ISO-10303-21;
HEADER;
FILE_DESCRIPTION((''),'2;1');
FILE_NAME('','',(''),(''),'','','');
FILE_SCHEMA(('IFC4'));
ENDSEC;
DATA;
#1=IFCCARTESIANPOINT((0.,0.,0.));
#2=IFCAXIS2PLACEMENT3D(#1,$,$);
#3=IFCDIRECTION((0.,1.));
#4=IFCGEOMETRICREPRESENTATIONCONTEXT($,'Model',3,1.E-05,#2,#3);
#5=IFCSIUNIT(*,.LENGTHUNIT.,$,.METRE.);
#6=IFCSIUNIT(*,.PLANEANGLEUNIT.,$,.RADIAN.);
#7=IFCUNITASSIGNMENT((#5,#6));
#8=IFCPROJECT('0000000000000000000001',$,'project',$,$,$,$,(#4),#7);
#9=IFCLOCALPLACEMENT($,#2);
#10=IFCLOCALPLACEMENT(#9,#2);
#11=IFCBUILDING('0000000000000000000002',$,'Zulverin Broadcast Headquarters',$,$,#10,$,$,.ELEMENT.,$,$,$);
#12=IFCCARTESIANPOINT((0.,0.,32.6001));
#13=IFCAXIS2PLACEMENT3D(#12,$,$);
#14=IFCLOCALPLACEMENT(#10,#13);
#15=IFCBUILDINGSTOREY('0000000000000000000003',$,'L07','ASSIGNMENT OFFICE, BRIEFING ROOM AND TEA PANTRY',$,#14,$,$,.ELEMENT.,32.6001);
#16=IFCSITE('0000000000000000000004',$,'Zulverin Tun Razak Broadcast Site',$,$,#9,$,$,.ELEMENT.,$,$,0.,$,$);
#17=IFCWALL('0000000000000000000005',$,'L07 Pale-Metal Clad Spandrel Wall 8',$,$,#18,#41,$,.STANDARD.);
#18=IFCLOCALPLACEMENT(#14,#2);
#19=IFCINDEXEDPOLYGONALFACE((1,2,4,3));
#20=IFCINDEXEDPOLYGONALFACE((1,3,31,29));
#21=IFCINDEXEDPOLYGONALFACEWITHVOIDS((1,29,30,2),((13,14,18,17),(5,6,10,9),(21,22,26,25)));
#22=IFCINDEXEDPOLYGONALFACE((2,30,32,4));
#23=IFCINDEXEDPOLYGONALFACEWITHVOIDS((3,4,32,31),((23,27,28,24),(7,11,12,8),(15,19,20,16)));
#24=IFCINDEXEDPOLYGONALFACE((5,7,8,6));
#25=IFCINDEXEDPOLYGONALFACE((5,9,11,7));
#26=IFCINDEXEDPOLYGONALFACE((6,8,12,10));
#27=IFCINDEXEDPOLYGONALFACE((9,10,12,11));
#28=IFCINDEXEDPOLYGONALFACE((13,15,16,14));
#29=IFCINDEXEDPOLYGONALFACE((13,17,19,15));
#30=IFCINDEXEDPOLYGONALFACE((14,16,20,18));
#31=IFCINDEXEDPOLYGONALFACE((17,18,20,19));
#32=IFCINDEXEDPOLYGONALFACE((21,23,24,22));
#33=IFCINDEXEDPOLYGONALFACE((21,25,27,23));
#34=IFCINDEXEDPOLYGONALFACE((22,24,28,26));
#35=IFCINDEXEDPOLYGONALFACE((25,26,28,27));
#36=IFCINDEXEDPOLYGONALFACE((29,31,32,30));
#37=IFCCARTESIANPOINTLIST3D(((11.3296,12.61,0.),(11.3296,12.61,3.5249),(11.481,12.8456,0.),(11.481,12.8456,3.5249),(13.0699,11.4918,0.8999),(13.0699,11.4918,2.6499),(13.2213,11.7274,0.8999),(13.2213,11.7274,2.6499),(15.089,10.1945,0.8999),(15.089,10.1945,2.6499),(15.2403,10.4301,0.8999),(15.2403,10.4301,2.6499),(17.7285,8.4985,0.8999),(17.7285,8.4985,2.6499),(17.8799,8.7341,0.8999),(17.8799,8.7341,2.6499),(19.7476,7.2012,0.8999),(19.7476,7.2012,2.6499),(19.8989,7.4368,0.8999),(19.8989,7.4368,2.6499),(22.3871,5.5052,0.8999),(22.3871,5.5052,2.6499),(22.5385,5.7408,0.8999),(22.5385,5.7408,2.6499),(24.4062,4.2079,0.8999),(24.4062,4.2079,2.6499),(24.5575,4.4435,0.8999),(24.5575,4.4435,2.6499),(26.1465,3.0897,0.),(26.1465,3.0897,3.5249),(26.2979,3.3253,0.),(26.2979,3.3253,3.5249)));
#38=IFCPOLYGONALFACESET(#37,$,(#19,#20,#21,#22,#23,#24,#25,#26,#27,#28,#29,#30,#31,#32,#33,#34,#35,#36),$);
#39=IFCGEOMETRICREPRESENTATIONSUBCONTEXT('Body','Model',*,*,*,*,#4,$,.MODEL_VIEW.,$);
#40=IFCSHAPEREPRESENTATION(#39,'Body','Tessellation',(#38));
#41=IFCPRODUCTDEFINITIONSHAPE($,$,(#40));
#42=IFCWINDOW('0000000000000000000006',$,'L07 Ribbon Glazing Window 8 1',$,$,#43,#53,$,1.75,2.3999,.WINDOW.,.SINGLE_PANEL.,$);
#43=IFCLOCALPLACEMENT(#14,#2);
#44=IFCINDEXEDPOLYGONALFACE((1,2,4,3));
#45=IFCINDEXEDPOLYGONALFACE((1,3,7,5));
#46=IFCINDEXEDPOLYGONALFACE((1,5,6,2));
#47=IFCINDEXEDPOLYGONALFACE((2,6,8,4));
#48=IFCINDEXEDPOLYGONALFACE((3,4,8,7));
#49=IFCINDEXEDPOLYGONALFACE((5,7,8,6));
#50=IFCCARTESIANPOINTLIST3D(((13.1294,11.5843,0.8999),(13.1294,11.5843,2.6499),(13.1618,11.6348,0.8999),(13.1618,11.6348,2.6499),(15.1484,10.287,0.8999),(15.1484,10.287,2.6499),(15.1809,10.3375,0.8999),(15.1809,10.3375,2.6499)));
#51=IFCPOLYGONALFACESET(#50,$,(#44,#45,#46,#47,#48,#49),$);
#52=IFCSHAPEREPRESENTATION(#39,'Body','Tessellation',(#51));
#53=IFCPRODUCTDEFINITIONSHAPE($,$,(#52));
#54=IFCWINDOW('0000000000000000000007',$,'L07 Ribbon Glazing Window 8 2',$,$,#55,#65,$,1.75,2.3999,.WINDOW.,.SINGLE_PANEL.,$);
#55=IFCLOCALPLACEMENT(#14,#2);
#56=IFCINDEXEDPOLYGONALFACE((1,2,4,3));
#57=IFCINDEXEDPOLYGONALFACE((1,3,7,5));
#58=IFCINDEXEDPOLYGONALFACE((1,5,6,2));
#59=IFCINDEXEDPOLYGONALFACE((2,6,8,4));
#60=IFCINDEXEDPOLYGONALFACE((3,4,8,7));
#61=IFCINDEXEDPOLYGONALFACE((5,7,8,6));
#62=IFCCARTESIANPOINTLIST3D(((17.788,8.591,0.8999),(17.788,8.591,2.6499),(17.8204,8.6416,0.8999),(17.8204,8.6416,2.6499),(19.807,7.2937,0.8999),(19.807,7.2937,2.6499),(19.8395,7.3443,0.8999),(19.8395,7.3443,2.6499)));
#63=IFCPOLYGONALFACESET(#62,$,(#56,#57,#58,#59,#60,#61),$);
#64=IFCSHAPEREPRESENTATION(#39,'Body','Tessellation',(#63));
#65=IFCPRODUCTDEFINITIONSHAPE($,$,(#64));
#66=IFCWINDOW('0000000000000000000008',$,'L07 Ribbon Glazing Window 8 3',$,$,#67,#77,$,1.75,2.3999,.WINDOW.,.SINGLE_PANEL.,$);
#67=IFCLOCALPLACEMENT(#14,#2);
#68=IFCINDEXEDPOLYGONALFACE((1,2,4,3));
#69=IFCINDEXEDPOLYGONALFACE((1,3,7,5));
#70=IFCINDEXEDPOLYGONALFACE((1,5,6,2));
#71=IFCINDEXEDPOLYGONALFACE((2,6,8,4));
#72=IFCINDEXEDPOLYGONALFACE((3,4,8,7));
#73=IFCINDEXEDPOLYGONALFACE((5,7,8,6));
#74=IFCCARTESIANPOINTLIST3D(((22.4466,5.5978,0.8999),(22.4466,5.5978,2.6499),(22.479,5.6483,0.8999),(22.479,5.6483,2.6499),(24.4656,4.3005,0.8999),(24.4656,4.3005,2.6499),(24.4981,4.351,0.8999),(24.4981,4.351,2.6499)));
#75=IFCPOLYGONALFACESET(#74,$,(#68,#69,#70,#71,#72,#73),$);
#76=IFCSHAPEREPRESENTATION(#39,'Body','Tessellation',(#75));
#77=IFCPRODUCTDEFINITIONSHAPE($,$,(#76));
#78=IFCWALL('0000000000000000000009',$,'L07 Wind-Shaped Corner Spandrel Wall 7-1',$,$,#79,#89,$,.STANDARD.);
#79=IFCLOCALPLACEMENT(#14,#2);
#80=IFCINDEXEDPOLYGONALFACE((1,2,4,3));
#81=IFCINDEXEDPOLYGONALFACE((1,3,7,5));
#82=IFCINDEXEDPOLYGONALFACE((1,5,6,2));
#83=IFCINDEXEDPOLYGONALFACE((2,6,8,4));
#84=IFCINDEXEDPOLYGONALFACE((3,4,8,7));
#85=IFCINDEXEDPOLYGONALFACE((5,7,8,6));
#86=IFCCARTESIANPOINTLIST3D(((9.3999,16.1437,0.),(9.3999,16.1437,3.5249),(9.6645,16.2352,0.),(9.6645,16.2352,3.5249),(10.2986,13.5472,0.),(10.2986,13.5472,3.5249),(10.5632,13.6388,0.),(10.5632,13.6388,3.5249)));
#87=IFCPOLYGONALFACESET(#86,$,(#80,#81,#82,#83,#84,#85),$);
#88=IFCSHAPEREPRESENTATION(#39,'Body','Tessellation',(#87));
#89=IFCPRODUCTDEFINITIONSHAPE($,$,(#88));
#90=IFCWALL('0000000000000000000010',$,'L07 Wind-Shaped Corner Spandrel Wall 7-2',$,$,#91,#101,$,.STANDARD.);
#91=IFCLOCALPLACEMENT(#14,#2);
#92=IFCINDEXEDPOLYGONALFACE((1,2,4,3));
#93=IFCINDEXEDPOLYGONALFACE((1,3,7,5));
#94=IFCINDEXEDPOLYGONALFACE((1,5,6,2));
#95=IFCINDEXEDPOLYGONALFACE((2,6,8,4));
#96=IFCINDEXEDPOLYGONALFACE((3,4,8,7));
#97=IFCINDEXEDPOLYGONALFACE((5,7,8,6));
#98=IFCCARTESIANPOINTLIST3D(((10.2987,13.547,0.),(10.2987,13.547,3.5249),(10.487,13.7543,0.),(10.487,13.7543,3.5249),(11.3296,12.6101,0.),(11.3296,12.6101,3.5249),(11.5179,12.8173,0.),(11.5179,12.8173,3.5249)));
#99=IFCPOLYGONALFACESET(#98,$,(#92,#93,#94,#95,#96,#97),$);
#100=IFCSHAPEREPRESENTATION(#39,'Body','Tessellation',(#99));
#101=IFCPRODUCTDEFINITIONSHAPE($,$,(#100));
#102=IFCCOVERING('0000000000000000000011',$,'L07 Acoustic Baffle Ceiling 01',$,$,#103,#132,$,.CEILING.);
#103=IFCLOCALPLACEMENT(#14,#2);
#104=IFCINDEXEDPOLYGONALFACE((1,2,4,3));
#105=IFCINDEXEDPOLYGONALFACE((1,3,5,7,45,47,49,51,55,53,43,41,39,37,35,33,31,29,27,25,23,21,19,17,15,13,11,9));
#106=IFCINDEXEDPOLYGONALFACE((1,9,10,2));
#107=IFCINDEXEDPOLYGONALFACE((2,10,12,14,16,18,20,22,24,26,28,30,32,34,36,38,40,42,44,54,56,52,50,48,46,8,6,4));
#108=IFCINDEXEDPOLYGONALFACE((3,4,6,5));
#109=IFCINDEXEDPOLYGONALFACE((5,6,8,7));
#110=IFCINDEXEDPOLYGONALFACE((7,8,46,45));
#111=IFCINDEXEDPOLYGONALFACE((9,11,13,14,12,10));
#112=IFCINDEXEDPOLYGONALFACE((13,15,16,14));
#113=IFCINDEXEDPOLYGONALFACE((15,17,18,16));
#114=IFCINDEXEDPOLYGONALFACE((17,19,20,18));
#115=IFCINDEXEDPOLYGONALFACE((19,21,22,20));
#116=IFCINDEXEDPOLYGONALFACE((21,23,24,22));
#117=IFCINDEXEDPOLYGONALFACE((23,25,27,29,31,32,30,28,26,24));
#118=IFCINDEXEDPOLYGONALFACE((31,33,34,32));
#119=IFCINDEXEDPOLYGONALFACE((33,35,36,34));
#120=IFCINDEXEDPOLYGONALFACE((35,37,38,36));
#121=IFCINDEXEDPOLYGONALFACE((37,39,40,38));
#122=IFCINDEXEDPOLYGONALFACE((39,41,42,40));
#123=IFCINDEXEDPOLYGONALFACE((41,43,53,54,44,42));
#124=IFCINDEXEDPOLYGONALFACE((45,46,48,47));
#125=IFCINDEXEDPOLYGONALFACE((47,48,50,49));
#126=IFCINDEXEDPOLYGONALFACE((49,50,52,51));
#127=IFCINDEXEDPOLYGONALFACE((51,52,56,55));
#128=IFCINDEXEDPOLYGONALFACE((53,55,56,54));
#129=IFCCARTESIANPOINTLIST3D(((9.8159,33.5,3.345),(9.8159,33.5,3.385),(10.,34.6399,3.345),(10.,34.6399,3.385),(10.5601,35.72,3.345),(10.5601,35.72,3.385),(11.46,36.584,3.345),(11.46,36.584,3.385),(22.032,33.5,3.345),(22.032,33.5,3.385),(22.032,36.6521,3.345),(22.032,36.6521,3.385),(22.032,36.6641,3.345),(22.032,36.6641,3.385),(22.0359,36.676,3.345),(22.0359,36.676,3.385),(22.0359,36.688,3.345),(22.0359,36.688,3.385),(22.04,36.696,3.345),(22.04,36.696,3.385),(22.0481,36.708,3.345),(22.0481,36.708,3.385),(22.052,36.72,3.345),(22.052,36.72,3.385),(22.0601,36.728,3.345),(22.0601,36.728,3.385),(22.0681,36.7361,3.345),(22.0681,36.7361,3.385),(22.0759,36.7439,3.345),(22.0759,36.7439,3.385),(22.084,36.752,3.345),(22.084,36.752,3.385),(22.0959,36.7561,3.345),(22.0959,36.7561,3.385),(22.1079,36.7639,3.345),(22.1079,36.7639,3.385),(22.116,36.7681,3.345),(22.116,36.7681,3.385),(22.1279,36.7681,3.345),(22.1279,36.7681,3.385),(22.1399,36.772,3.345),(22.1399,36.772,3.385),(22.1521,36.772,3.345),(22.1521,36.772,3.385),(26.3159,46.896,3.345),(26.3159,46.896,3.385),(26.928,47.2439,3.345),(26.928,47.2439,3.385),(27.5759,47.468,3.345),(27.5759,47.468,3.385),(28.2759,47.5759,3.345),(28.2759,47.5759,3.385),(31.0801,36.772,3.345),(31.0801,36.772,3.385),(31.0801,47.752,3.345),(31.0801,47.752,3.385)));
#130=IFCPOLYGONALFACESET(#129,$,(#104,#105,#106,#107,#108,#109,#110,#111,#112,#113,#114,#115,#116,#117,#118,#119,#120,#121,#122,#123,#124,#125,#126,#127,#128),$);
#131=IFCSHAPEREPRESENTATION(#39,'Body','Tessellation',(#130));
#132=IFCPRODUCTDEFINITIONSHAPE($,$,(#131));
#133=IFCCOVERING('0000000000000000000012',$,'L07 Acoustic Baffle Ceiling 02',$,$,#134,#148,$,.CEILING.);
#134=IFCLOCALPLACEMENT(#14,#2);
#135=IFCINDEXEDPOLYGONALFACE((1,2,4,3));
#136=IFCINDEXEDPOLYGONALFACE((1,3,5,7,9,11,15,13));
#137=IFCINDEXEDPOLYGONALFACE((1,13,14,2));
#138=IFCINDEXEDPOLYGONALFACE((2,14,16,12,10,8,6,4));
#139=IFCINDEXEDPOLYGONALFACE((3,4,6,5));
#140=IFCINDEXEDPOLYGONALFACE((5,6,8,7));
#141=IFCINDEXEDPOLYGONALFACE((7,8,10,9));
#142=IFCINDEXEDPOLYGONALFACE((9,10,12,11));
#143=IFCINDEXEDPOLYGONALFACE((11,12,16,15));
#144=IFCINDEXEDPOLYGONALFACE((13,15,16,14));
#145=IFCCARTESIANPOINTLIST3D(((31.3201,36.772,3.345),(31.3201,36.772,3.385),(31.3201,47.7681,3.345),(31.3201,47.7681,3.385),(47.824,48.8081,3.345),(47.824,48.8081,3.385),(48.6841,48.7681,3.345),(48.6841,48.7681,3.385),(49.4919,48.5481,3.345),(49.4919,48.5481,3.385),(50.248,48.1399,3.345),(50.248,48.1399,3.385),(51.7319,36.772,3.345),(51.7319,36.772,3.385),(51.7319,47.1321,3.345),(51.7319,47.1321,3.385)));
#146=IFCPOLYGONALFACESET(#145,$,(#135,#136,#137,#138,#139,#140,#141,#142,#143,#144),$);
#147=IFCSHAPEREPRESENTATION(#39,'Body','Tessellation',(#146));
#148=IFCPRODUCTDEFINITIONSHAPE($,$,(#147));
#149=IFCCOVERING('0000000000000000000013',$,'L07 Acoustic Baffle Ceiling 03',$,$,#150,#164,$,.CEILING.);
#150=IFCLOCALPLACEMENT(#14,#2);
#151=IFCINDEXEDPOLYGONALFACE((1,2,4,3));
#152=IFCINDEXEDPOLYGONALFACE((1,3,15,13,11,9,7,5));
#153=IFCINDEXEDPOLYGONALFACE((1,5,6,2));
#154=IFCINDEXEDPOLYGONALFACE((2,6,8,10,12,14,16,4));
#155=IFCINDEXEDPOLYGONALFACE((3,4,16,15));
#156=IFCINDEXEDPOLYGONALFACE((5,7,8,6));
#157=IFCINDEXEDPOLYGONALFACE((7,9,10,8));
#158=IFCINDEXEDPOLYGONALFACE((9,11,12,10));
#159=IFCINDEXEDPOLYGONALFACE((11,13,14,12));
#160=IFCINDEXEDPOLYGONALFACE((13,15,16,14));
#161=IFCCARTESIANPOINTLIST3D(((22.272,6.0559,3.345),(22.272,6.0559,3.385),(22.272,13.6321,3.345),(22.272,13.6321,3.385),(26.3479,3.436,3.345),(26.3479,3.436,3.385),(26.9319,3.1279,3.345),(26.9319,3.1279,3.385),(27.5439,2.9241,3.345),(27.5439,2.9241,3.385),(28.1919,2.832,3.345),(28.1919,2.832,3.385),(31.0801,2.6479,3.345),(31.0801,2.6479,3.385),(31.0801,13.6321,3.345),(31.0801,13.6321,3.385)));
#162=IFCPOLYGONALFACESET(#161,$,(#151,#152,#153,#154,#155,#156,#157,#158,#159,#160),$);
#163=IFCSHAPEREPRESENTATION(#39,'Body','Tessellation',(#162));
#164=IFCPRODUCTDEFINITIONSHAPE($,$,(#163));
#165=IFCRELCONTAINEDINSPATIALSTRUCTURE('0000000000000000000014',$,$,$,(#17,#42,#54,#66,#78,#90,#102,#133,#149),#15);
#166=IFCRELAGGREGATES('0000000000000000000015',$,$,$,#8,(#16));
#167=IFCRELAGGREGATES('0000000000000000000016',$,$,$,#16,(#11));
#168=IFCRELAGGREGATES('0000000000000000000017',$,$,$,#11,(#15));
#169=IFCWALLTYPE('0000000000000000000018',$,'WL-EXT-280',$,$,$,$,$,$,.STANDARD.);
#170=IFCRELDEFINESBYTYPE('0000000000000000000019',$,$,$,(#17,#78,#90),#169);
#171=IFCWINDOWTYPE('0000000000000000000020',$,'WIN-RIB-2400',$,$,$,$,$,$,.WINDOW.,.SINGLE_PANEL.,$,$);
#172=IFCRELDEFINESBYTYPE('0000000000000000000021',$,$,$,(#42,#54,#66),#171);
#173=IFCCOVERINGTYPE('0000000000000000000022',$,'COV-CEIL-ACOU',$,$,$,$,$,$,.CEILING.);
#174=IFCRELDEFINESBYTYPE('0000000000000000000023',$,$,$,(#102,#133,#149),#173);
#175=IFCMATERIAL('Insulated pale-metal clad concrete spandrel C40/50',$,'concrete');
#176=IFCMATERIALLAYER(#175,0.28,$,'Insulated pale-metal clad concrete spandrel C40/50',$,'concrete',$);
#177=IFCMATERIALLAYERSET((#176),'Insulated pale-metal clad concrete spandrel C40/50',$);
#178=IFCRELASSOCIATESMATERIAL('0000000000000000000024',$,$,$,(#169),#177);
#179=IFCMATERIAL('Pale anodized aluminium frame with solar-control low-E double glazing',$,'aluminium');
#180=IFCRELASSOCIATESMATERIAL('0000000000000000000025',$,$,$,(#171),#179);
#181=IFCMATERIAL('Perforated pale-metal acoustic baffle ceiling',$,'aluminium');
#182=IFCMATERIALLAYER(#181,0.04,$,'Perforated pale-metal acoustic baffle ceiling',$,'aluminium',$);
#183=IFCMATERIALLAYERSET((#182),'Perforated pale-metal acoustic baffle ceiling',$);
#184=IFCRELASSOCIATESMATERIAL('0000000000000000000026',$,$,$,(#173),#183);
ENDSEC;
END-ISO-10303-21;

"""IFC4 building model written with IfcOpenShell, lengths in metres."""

from ifc_helpers import new_model, si_unit, direction, frame, frame_2d, origin, place, context, subcontext, project, spatial, polyline, rectangle, outline, extrude, material, layer, layer_set, type_object, element, fill, save


model = new_model("IFC4")

# Units and contexts
model_context = context("Model", 3, precision=1e-05, world=origin(), true_north=direction((0.0, 1.0)))
body_context = subcontext(model_context, "Body", "Model", "MODEL_VIEW")
ifc_project = project(units=[si_unit("LENGTHUNIT", "METRE"), si_unit("PLANEANGLEUNIT", "RADIAN")], contexts=[model_context])

# Site, building, storey
site_placement = place(None, origin())
site = spatial("IfcSite", under=ifc_project, at=site_placement, Name="Zulverin Tun Razak Broadcast Site", CompositionType="ELEMENT", RefElevation=0.0)
building_placement = place(site_placement, origin())
building = spatial("IfcBuilding", under=site, at=building_placement, Name="Zulverin Broadcast Headquarters", CompositionType="ELEMENT")
storey_placement = place(building_placement, frame((0.0, 0.0, 32.6001)))
storey = spatial("IfcBuildingStorey", under=building, at=storey_placement, Name="L07", Description="ASSIGNMENT OFFICE, BRIEFING ROOM AND TEA PANTRY", CompositionType="ELEMENT", Elevation=32.6001)

# Wall, openings, windows
ifc_material_1 = material(Name="Insulated pale-metal clad concrete spandrel C40/50", Category="concrete")
ifc_layer_1 = layer(ifc_material_1, 0.28, Name="Insulated pale-metal clad concrete spandrel C40/50", Category="concrete")
ifc_layer_set_1 = layer_set([ifc_layer_1], Name="Insulated pale-metal clad concrete spandrel C40/50")
wall_type = type_object("IfcWallType", Name="WL-EXT-280", PredefinedType="STANDARD", material=ifc_layer_set_1)
wall_1_placement = place(storey_placement, frame((11.4053, 12.7278, 0.0), z_axis=(0.0, 0.0, 1.0), x_axis=(0.841305, -0.540561, 0.0)))
wall_1 = element("IfcWall", 1, at=wall_1_placement, inside=storey, type_object=wall_type, Name="L07 Pale-Metal Clad Spandrel Wall 8", PredefinedType="STANDARD", context=body_context, shape_type="SweptSolid", body=[
    extrude(rectangle(XDim=17.6118, YDim=0.28, at=frame_2d((8.8059, 0.0))), origin(), (0.0, 0.0, 1.0), 3.5249),
])
opening_1_placement = place(wall_1_placement, frame((2.0686, 0.0, 0.8999)))
opening_1 = element("IfcOpeningElement", 2, at=opening_1_placement, cuts=wall_1, PredefinedType="OPENING", context=body_context, shape_type="SweptSolid", body=[
    extrude(rectangle(XDim=2.3999, YDim=1.75, at=frame_2d((1.2, 0.875))), frame((0.0, 0.1499, 0.0), z_axis=(0.0, -1.0, 0.0), x_axis=(1.0, 0.0, 0.0)), (0.0, 0.0, 1.0), 0.3),
])
opening_2_placement = place(wall_1_placement, frame((7.606, 0.0, 0.8999)))
opening_2 = element("IfcOpeningElement", 3, at=opening_2_placement, cuts=wall_1, PredefinedType="OPENING", context=body_context, shape_type="SweptSolid", body=[
    extrude(rectangle(XDim=2.3999, YDim=1.75, at=frame_2d((1.2, 0.875))), frame((0.0, 0.1499, 0.0), z_axis=(0.0, -1.0, 0.0), x_axis=(1.0, 0.0, 0.0)), (0.0, 0.0, 1.0), 0.3),
])
opening_3_placement = place(wall_1_placement, frame((13.1433, 0.0, 0.8999)))
opening_3 = element("IfcOpeningElement", 4, at=opening_3_placement, cuts=wall_1, PredefinedType="OPENING", context=body_context, shape_type="SweptSolid", body=[
    extrude(rectangle(XDim=2.3999, YDim=1.75, at=frame_2d((1.2, 0.875))), frame((0.0, 0.1499, 0.0), z_axis=(0.0, -1.0, 0.0), x_axis=(1.0, 0.0, 0.0)), (0.0, 0.0, 1.0), 0.3),
])
ifc_material_2 = material(Name="Pale anodized aluminium frame with solar-control low-E double glazing", Category="aluminium")
window_type = type_object("IfcWindowType", Name="WIN-RIB-2400", PartitioningType="SINGLE_PANEL", PredefinedType="WINDOW", material=ifc_material_2)
window_1_placement = place(opening_1_placement, origin())
window_1 = element("IfcWindow", 5, at=window_1_placement, inside=storey, type_object=window_type, Name="L07 Ribbon Glazing Window 8 1", OverallHeight=1.75, OverallWidth=2.3999, PartitioningType="SINGLE_PANEL", PredefinedType="WINDOW", context=body_context, shape_type="SweptSolid", body=[
    extrude(rectangle(XDim=2.3999, YDim=1.75, at=frame_2d((1.2, 0.875))), frame((0.0, 0.03, 0.0), z_axis=(0.0, -1.0, 0.0), x_axis=(1.0, 0.0, 0.0)), (0.0, 0.0, 1.0), 0.0601),
])
fill(opening_1, window_1)
window_2_placement = place(opening_2_placement, origin())
window_2 = element("IfcWindow", 6, at=window_2_placement, inside=storey, type_object=window_type, Name="L07 Ribbon Glazing Window 8 2", OverallHeight=1.75, OverallWidth=2.3999, PartitioningType="SINGLE_PANEL", PredefinedType="WINDOW", context=body_context, shape_type="SweptSolid", body=[
    extrude(rectangle(XDim=2.3999, YDim=1.75, at=frame_2d((1.2, 0.875))), frame((0.0, 0.03, 0.0), z_axis=(0.0, -1.0, 0.0), x_axis=(1.0, 0.0, 0.0)), (0.0, 0.0, 1.0), 0.0601),
])
fill(opening_2, window_2)
window_3_placement = place(opening_3_placement, origin())
window_3 = element("IfcWindow", 7, at=window_3_placement, inside=storey, type_object=window_type, Name="L07 Ribbon Glazing Window 8 3", OverallHeight=1.75, OverallWidth=2.3999, PartitioningType="SINGLE_PANEL", PredefinedType="WINDOW", context=body_context, shape_type="SweptSolid", body=[
    extrude(rectangle(XDim=2.3999, YDim=1.75, at=frame_2d((1.2, 0.875))), frame((0.0, 0.03, 0.0), z_axis=(0.0, -1.0, 0.0), x_axis=(1.0, 0.0, 0.0)), (0.0, 0.0, 1.0), 0.0601),
])
fill(opening_3, window_3)

# Walls
wall_2_placement = place(storey_placement, frame((9.5322, 16.1895, 0.0), z_axis=(0.0, 0.0, 1.0), x_axis=(0.327083, -0.944996, 0.0)))
element("IfcWall", 8, at=wall_2_placement, inside=storey, type_object=wall_type, Name="L07 Wind-Shaped Corner Spandrel Wall 7-1", PredefinedType="STANDARD", context=body_context, shape_type="SweptSolid", body=[
    extrude(rectangle(XDim=2.7476, YDim=0.28, at=frame_2d((1.3738, 0.0))), origin(), (0.0, 0.0, 1.0), 3.5249),
])
wall_3_placement = place(storey_placement, frame((10.3928, 13.6506, 0.0), z_axis=(0.0, 0.0, 1.0), x_axis=(0.740035, -0.672568, 0.0)))
element("IfcWall", 9, at=wall_3_placement, inside=storey, type_object=wall_type, Name="L07 Wind-Shaped Corner Spandrel Wall 7-2", PredefinedType="STANDARD", context=body_context, shape_type="SweptSolid", body=[
    extrude(rectangle(XDim=1.3931, YDim=0.28, at=frame_2d((0.6965, 0.0))), origin(), (0.0, 0.0, 1.0), 3.5249),
])

# Coverings
ifc_material_3 = material(Name="Perforated pale-metal acoustic baffle ceiling", Category="aluminium")
ifc_layer_2 = layer(ifc_material_3, 0.04, Name="Perforated pale-metal acoustic baffle ceiling", Category="aluminium")
ifc_layer_set_2 = layer_set([ifc_layer_2], Name="Perforated pale-metal acoustic baffle ceiling")
covering_type_1 = type_object("IfcCoveringType", Name="COV-CEIL-ACOU", PredefinedType="CEILING", material=ifc_layer_set_2)
covering_1_placement = place(storey_placement, frame((0.0, 0.0, 3.345)))
element("IfcCovering", 10, at=covering_1_placement, inside=storey, type_object=covering_type_1, Name="L07 Acoustic Baffle Ceiling 01", PredefinedType="CEILING", context=body_context, shape_type="SweptSolid", body=[
    extrude(outline(polyline([(11.46, 36.584), (10.5601, 35.72), (10.0, 34.6399), (9.8159, 33.5), (22.032, 33.5), (22.032, 36.6521), (22.032, 36.6641), (22.0359, 36.676), (22.0359, 36.688), (22.04, 36.696), (22.0481, 36.708), (22.052, 36.72), (22.0601, 36.728), (22.0681, 36.7361), (22.0759, 36.7439), (22.084, 36.752), (22.0959, 36.7561), (22.1079, 36.7639), (22.116, 36.7681), (22.1279, 36.7681), (22.1399, 36.772), (22.1521, 36.772), (31.0801, 36.772), (31.0801, 47.752), (28.2759, 47.5759), (27.5759, 47.468), (26.928, 47.2439), (26.3159, 46.896), (11.46, 36.584)])), origin(), (0.0, 0.0, 1.0), 0.04),
])
covering_2_placement = place(storey_placement, frame((0.0, 0.0, 3.345)))
element("IfcCovering", 11, at=covering_2_placement, inside=storey, type_object=covering_type_1, Name="L07 Acoustic Baffle Ceiling 02", PredefinedType="CEILING", context=body_context, shape_type="SweptSolid", body=[
    extrude(outline(polyline([(51.7319, 36.772), (51.7319, 47.1321), (50.248, 48.1399), (49.4919, 48.5481), (48.6841, 48.7681), (47.824, 48.8081), (31.3201, 47.7681), (31.3201, 36.772), (51.7319, 36.772)])), origin(), (0.0, 0.0, 1.0), 0.04),
])
covering_3_placement = place(storey_placement, frame((0.0, 0.0, 3.345)))
element("IfcCovering", 12, at=covering_3_placement, inside=storey, type_object=covering_type_1, Name="L07 Acoustic Baffle Ceiling 03", PredefinedType="CEILING", context=body_context, shape_type="SweptSolid", body=[
    extrude(outline(polyline([(22.272, 13.6321), (22.272, 6.0559), (26.3479, 3.436), (26.9319, 3.1279), (27.5439, 2.9241), (28.1919, 2.832), (31.0801, 2.6479), (31.0801, 13.6321), (22.272, 13.6321)])), origin(), (0.0, 0.0, 1.0), 0.04),
])

save(model, "model.ifc")
